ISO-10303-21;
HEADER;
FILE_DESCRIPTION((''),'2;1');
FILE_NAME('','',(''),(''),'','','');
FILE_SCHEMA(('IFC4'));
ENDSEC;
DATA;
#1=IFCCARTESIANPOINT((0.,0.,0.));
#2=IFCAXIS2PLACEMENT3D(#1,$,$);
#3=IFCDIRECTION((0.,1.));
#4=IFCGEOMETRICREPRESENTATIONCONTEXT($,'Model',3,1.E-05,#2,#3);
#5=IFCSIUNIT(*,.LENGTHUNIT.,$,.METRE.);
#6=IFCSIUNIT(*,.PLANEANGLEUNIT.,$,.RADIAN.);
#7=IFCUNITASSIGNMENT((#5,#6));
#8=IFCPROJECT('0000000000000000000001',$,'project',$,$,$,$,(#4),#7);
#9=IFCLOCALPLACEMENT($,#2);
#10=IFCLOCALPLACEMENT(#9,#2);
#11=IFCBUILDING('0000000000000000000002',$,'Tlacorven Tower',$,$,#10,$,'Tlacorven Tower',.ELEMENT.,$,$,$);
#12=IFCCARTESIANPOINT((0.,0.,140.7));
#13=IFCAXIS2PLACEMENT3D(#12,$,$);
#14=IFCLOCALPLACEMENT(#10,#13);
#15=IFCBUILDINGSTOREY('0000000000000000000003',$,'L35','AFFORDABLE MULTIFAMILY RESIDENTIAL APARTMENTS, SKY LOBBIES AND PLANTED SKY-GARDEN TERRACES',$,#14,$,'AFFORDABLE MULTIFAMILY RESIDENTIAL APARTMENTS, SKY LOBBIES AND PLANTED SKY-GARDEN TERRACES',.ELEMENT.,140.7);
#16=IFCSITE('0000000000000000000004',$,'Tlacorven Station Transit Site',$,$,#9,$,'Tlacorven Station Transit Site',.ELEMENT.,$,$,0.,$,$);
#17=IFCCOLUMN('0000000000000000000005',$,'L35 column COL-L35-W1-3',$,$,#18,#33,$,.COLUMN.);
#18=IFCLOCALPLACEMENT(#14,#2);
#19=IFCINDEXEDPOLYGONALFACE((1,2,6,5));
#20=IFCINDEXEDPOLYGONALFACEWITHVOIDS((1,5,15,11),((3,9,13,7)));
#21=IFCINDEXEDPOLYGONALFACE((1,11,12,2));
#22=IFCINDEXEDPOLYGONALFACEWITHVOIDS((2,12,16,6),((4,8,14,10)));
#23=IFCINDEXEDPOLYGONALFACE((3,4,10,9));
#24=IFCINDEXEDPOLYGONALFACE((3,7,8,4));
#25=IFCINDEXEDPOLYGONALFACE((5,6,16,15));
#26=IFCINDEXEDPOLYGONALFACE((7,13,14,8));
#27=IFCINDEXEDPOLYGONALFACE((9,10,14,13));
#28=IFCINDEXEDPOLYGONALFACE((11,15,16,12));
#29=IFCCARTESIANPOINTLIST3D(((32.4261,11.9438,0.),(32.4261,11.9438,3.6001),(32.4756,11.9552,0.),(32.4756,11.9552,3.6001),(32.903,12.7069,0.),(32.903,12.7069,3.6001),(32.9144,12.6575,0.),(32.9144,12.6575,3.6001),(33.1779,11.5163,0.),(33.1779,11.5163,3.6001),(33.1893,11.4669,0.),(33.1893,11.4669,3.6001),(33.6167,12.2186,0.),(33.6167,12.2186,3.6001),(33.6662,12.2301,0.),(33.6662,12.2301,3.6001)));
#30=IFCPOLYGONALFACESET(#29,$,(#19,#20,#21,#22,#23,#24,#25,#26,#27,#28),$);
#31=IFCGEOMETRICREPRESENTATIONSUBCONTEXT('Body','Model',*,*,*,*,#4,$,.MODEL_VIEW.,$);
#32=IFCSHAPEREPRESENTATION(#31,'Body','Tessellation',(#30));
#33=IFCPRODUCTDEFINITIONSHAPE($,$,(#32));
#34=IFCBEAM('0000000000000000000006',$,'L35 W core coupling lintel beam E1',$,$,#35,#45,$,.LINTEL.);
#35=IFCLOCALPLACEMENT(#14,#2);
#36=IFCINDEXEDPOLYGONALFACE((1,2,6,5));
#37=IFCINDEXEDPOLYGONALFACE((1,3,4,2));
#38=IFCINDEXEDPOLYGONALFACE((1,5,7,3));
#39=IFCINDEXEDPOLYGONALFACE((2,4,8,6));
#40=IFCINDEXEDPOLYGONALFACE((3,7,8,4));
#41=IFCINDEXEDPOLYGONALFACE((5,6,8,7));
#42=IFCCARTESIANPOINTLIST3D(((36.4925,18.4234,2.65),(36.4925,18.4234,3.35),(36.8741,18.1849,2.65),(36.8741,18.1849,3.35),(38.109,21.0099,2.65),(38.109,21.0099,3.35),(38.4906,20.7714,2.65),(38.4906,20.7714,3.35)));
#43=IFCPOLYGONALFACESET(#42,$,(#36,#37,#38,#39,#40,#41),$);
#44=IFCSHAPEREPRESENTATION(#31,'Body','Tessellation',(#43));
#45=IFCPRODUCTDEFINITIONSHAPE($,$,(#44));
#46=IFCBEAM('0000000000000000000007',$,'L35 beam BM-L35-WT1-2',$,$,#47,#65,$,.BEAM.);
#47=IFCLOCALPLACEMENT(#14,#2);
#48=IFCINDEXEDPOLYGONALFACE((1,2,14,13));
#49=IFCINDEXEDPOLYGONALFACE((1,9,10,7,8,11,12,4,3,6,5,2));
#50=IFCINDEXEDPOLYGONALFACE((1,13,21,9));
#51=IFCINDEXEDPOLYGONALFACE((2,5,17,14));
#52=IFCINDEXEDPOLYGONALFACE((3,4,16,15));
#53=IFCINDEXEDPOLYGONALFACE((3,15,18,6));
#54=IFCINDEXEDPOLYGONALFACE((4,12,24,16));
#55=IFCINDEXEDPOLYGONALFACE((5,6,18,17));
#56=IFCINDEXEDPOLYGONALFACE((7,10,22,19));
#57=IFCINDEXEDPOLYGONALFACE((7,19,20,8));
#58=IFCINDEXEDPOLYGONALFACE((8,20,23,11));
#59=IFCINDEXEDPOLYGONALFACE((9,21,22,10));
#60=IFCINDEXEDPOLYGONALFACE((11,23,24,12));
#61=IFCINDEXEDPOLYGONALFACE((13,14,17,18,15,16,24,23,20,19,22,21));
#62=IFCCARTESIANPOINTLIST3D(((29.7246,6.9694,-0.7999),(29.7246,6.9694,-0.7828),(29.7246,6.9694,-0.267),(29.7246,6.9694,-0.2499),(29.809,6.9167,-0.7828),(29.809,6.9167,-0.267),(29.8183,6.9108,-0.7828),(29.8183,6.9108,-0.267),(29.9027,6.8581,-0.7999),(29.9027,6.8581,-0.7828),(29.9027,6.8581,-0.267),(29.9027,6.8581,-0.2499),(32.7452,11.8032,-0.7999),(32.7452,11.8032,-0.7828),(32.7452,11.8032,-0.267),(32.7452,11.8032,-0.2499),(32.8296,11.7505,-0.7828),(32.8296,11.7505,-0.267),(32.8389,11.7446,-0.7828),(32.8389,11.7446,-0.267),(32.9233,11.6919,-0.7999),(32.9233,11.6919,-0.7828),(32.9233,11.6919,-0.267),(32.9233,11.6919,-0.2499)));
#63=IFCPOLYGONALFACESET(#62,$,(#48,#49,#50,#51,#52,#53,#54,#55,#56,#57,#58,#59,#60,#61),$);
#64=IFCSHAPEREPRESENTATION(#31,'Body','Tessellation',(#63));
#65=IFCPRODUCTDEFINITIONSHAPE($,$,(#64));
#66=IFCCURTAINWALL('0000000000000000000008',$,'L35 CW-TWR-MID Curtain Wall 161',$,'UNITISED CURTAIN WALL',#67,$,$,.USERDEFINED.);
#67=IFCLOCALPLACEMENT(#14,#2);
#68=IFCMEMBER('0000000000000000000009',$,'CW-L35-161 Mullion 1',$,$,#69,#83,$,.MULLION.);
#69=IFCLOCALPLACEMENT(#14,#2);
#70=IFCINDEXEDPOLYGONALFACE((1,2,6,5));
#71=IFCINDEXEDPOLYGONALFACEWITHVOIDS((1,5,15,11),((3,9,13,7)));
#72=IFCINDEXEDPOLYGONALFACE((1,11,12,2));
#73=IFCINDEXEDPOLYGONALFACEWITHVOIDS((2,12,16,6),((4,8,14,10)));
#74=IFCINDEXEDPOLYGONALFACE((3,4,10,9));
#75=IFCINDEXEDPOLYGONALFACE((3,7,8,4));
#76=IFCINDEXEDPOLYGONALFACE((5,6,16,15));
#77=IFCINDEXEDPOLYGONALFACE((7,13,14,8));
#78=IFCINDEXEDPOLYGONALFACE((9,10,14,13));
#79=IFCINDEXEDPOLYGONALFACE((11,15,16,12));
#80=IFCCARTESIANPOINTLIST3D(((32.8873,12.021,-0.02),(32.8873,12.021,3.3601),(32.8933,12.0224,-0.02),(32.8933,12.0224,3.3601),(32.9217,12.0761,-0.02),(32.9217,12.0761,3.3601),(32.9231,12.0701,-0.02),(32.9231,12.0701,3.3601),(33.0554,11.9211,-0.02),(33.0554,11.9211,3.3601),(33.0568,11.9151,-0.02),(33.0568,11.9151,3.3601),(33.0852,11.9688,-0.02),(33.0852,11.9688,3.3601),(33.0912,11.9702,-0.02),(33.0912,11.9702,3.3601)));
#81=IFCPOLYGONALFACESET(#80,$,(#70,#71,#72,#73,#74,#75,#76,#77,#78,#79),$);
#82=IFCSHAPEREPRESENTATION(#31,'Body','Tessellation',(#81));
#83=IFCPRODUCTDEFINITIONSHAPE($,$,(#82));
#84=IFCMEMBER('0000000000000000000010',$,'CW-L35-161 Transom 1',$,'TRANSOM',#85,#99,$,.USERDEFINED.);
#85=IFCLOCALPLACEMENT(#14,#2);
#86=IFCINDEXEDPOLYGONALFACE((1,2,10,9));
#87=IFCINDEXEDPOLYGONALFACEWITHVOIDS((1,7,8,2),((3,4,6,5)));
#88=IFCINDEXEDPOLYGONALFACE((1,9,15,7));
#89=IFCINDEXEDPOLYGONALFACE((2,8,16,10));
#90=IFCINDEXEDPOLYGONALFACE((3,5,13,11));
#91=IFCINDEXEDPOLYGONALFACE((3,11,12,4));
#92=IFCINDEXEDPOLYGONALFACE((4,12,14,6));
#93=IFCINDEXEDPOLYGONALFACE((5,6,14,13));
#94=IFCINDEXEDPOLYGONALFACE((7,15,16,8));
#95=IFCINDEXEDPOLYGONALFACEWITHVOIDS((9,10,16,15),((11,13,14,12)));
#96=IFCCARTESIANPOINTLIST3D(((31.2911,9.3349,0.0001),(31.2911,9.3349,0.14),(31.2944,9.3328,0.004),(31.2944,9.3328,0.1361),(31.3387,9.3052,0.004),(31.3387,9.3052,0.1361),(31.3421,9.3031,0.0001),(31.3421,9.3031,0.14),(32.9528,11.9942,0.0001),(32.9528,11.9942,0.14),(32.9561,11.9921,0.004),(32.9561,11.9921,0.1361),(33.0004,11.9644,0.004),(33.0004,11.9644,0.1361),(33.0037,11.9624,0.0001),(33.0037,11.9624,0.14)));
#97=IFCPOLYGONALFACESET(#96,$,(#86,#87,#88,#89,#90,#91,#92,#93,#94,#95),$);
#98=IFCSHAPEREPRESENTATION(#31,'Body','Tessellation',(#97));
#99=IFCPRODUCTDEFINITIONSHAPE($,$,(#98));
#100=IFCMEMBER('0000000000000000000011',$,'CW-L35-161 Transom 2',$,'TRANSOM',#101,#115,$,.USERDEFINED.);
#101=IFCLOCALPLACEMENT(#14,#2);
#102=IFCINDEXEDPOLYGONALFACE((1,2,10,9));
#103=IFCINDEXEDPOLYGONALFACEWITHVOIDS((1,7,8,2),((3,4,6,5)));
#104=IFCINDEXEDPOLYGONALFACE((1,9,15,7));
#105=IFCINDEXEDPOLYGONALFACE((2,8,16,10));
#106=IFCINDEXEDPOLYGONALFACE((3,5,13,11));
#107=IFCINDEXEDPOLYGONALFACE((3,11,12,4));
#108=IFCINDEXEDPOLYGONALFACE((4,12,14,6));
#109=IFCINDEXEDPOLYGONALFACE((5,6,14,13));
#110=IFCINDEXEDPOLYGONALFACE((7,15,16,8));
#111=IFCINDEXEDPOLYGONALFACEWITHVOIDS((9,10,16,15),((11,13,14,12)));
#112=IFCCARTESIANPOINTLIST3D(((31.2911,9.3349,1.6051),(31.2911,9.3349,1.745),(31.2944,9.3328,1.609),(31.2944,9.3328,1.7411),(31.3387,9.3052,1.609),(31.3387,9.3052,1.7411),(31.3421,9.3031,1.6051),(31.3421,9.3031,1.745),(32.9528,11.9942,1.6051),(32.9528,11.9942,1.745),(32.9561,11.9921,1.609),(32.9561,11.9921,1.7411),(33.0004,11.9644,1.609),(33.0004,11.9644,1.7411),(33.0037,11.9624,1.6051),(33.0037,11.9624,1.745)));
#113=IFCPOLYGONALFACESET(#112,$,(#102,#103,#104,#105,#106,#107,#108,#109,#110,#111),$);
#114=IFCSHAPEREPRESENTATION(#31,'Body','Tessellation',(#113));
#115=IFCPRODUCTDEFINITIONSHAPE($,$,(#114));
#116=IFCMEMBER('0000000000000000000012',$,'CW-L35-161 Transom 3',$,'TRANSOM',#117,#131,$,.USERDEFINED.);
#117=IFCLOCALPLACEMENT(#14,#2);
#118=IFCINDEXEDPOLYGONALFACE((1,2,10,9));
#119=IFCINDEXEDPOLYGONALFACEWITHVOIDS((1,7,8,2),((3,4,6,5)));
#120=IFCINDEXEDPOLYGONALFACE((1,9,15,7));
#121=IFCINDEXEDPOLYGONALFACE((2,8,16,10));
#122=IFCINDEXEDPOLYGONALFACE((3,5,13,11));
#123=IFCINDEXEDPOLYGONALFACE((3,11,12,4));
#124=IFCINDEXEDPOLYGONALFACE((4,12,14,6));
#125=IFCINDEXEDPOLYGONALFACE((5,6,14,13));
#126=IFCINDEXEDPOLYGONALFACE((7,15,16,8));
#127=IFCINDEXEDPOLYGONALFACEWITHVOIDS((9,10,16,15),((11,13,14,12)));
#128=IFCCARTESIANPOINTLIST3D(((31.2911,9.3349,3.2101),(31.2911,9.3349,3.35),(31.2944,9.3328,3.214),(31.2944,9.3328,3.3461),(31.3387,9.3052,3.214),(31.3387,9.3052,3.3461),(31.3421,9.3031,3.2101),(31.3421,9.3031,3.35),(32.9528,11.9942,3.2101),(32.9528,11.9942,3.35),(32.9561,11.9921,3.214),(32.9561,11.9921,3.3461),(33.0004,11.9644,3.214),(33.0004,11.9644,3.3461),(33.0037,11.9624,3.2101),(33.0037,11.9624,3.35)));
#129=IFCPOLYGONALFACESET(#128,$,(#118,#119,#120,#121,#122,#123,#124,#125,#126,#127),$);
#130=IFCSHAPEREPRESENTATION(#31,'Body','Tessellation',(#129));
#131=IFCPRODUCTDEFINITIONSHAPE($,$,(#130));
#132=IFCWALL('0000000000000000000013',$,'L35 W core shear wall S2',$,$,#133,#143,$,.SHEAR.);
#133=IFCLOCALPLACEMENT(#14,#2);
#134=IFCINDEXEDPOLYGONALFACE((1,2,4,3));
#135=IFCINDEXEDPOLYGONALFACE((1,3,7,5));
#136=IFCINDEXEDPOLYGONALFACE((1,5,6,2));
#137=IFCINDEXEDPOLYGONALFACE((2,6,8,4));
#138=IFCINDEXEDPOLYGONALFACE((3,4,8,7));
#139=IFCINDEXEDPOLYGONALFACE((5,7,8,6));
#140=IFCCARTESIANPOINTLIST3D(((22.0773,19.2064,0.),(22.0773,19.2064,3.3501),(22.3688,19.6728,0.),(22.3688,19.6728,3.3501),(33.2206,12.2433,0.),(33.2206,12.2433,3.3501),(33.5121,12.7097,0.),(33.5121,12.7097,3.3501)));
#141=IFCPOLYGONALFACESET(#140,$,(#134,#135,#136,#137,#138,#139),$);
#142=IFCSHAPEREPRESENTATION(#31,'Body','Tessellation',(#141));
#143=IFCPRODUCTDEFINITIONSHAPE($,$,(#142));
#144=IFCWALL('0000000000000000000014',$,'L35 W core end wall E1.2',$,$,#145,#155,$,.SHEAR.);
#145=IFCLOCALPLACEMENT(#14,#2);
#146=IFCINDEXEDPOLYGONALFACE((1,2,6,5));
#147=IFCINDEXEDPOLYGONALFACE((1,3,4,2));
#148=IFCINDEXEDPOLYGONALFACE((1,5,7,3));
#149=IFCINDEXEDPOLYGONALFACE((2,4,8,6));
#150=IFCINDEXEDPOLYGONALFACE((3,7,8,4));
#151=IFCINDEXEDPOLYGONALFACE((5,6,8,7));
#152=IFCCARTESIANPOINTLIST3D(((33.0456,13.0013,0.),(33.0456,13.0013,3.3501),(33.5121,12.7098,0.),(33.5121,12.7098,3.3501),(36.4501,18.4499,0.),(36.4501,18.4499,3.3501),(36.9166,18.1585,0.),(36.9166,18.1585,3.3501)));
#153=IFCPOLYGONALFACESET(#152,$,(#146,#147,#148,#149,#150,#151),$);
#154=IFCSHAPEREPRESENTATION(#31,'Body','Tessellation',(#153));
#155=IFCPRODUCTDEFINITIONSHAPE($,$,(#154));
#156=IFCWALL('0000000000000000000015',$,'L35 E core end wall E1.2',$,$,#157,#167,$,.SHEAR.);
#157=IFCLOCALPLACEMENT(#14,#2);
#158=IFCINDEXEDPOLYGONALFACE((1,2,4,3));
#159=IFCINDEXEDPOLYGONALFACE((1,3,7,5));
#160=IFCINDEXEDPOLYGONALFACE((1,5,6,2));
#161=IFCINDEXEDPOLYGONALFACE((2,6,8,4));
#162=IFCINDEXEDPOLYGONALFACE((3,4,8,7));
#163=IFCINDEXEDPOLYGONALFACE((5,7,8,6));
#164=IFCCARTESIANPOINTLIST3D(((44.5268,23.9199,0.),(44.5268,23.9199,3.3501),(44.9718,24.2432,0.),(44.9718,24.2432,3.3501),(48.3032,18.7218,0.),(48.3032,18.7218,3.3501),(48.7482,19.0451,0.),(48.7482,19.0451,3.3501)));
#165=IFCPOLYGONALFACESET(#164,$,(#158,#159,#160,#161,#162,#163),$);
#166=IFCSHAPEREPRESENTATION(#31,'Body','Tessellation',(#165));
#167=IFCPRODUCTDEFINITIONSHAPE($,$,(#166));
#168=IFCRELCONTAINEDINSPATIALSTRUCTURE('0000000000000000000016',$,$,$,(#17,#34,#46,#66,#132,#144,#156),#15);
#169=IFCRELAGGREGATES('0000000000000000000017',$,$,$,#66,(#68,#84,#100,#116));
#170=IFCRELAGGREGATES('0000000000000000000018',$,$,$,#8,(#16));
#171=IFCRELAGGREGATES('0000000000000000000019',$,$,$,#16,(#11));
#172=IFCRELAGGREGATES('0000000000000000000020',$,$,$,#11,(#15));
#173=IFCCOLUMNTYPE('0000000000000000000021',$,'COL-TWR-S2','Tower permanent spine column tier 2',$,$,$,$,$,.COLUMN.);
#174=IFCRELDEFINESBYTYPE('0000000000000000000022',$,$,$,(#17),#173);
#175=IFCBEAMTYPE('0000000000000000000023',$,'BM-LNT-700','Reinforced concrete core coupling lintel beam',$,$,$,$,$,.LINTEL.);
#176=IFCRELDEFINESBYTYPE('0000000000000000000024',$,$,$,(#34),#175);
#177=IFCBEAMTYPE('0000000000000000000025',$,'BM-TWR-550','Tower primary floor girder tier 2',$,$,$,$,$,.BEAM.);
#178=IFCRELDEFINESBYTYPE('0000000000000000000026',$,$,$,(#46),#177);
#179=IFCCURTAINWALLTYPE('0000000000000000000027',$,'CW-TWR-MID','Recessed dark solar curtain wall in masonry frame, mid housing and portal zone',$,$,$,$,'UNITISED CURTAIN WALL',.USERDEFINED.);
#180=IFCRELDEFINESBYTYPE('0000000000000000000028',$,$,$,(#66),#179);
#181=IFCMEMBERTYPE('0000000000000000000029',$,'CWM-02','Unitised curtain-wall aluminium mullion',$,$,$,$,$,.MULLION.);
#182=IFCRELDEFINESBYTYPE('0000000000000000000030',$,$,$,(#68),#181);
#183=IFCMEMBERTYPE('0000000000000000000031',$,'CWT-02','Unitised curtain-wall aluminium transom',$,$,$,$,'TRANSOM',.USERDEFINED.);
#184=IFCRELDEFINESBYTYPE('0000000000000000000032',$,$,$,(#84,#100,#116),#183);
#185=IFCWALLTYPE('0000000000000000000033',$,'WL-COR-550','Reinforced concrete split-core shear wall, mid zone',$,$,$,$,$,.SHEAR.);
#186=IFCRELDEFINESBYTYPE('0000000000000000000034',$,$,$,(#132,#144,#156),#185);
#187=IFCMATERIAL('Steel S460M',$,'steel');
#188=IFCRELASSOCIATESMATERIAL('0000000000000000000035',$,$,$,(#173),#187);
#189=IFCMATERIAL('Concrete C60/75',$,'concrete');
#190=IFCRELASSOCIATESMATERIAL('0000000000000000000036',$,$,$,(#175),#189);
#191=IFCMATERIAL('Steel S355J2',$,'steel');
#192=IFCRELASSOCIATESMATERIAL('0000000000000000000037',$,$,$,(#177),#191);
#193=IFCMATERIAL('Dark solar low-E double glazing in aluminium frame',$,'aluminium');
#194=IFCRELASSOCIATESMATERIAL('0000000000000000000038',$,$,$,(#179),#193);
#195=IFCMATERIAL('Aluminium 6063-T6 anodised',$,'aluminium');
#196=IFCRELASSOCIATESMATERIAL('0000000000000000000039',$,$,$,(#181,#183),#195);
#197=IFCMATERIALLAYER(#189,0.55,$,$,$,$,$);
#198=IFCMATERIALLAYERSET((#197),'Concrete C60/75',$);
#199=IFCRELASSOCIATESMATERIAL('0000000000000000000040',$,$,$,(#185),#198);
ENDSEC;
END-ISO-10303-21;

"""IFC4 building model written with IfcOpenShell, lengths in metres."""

from ifc_helpers import new_model, si_unit, direction, frame, frame_2d, origin, origin_2d, place, context, subcontext, project, spatial, rectangle, hollow_rectangle, i_section, extrude, source, transform, mapped, material, layer, layer_set, material_profile, profile_set, type_object, element, aggregate, save


model = new_model("IFC4")

# Units and contexts
model_context = context("Model", 3, precision=1e-05, world=origin(), true_north=direction((0.0, 1.0)))
body_context = subcontext(model_context, "Body", "Model", "MODEL_VIEW")
ifc_project = project(units=[si_unit("LENGTHUNIT", "METRE"), si_unit("PLANEANGLEUNIT", "RADIAN")], contexts=[model_context])

# Site, building, storey
site_placement = place(None, origin())
site = spatial("IfcSite", under=ifc_project, at=site_placement, Name="Tlacorven Station Transit Site", LongName="Tlacorven Station Transit Site", CompositionType="ELEMENT", RefElevation=0.0)
building_placement = place(site_placement, origin())
building = spatial("IfcBuilding", under=site, at=building_placement, Name="Tlacorven Tower", LongName="Tlacorven Tower", CompositionType="ELEMENT")
storey_placement = place(building_placement, frame((0.0, 0.0, 140.7)))
storey = spatial("IfcBuildingStorey", under=building, at=storey_placement, Name="L35", Description="AFFORDABLE MULTIFAMILY RESIDENTIAL APARTMENTS, SKY LOBBIES AND PLANTED SKY-GARDEN TERRACES", LongName="AFFORDABLE MULTIFAMILY RESIDENTIAL APARTMENTS, SKY LOBBIES AND PLANTED SKY-GARDEN TERRACES", CompositionType="ELEMENT", Elevation=140.7)

# Column
ifc_material_1 = material(Name="Steel S460M", Category="steel")
ifc_material_profile_1 = material_profile(ifc_material_1, hollow_rectangle(XDim=0.8999, YDim=0.8999, WallThickness=0.0359, at=origin_2d()), Name="BOX 900X900X36")
ifc_profile_set_1 = profile_set([ifc_material_profile_1], Name="Steel S460M")
column_type = type_object("IfcColumnType", Name="COL-TWR-S2", Description="Tower permanent spine column tier 2", PredefinedType="COLUMN", material=ifc_profile_set_1)
shared_shape_1 = source(origin(), body_context, "Body", "SweptSolid", [
    extrude(hollow_rectangle(XDim=0.8999, YDim=0.8999, WallThickness=0.0359, at=origin_2d()), origin(), (0.0, 0.0, 1.0), 3.6001),
])
column_placement = place(storey_placement, frame((33.0461, 12.0869, 0.0), z_axis=(0.0, 0.0, 1.0), x_axis=(-0.848048, 0.529919, 0.0)))
element("IfcColumn", 1, at=column_placement, inside=storey, type_object=column_type, Name="L35 column COL-L35-W1-3", PredefinedType="COLUMN", context=body_context, shape_type="MappedRepresentation", body=[
    mapped(shared_shape_1, transform((0.0, 0.0, 0.0), scale=1.0)),
])

# Beams
ifc_material_2 = material(Name="Concrete C60/75", Category="concrete")
ifc_material_profile_2 = material_profile(ifc_material_2, rectangle(XDim=0.45, YDim=0.7, at=origin_2d()), Name="RC 450X700")
ifc_profile_set_2 = profile_set([ifc_material_profile_2], Name="Concrete C60/75")
beam_type_1 = type_object("IfcBeamType", Name="BM-LNT-700", Description="Reinforced concrete core coupling lintel beam", PredefinedType="LINTEL", material=ifc_profile_set_2)
shared_shape_2 = source(origin(), body_context, "Body", "SweptSolid", [
    extrude(rectangle(XDim=0.45, YDim=0.7, at=origin_2d()), origin(), (0.0, 0.0, 1.0), 3.05),
])
beam_1_placement = place(storey_placement, frame((38.2998, 20.8906, 3.0), z_axis=(-0.529985, -0.848007, 0.0), x_axis=(0.848007, -0.529985, 0.0)))
element("IfcBeam", 2, at=beam_1_placement, inside=storey, type_object=beam_type_1, Name="L35 W core coupling lintel beam E1", PredefinedType="LINTEL", context=body_context, shape_type="MappedRepresentation", body=[
    mapped(shared_shape_2, transform((0.0, 0.0, 0.0), scale=1.0)),
])
ifc_material_3 = material(Name="Steel S355J2", Category="steel")
ifc_material_profile_3 = material_profile(ifc_material_3, i_section(OverallWidth=0.21, OverallDepth=0.55, WebThickness=0.011, FlangeThickness=0.0171, at=origin_2d()), Name="IPE 550")
ifc_profile_set_3 = profile_set([ifc_material_profile_3], Name="Steel S355J2")
beam_type_2 = type_object("IfcBeamType", Name="BM-TWR-550", Description="Tower primary floor girder tier 2", PredefinedType="BEAM", material=ifc_profile_set_3)
shared_shape_3 = source(origin(), body_context, "Body", "SweptSolid", [
    extrude(i_section(OverallWidth=0.21, OverallDepth=0.55, WebThickness=0.011, FlangeThickness=0.0171, at=origin_2d()), origin(), (0.0, 0.0, 1.0), 5.7),
])
beam_2_placement = place(storey_placement, frame((32.8342, 11.7476, -0.5249), z_axis=(-0.529926, -0.848044, 0.0), x_axis=(0.848044, -0.529926, 0.0)))
element("IfcBeam", 3, at=beam_2_placement, inside=storey, type_object=beam_type_2, Name="L35 beam BM-L35-WT1-2", PredefinedType="BEAM", context=body_context, shape_type="MappedRepresentation", body=[
    mapped(shared_shape_3, transform((0.0, 0.0, 0.0), scale=1.0)),
])

# Curtain wall, members
ifc_material_4 = material(Name="Dark solar low-E double glazing in aluminium frame", Category="aluminium")
curtain_wall_type = type_object("IfcCurtainWallType", Name="CW-TWR-MID", Description="Recessed dark solar curtain wall in masonry frame, mid housing and portal zone", ElementType="UNITISED CURTAIN WALL", PredefinedType="USERDEFINED", material=ifc_material_4)
curtain_wall_placement = place(storey_placement, origin())
curtain_wall = element("IfcCurtainWall", 4, at=curtain_wall_placement, inside=storey, type_object=curtain_wall_type, Name="L35 CW-TWR-MID Curtain Wall 161", ObjectType="UNITISED CURTAIN WALL", PredefinedType="USERDEFINED")
ifc_material_5 = material(Name="Aluminium 6063-T6 anodised", Category="aluminium")
ifc_material_profile_4 = material_profile(ifc_material_5, hollow_rectangle(XDim=0.0649, YDim=0.2, WallThickness=0.0044, at=origin_2d()), Name="ALU MULLION 65X200")
ifc_profile_set_4 = profile_set([ifc_material_profile_4], Name="Aluminium 6063-T6 anodised")
member_type_1 = type_object("IfcMemberType", Name="CWM-02", Description="Unitised curtain-wall aluminium mullion", PredefinedType="MULLION", material=ifc_profile_set_4)
shared_shape_4 = source(origin(), body_context, "Body", "SweptSolid", [
    extrude(hollow_rectangle(XDim=0.0649, YDim=0.2, WallThickness=0.0044, at=origin_2d()), origin(), (0.0, 0.0, 1.0), 3.3801),
])
member_1_placement = place(storey_placement, frame((32.9893, 11.9956, -0.02), z_axis=(0.0, 0.0, 1.0), x_axis=(-0.529919, -0.848048, 0.0)))
member_1 = element("IfcMember", 5, at=member_1_placement, type_object=member_type_1, Name="CW-L35-161 Mullion 1", PredefinedType="MULLION", context=body_context, shape_type="MappedRepresentation", body=[
    mapped(shared_shape_4, transform((0.0, 0.0, 0.0), scale=1.0)),
])
ifc_material_profile_5 = material_profile(ifc_material_5, hollow_rectangle(XDim=0.0601, YDim=0.1399, WallThickness=0.0039, at=origin_2d()), Name="ALU TRANSOM 60X140")
ifc_profile_set_5 = profile_set([ifc_material_profile_5], Name="Aluminium 6063-T6 anodised")
member_type_2 = type_object("IfcMemberType", Name="CWT-02", Description="Unitised curtain-wall aluminium transom", ElementType="TRANSOM", PredefinedType="USERDEFINED", material=ifc_profile_set_5)
shared_shape_5 = source(origin(), body_context, "Body", "SweptSolid", [
    extrude(hollow_rectangle(XDim=0.0601, YDim=0.1399, WallThickness=0.0039, at=origin_2d()), origin(), (0.0, 0.0, 1.0), 3.1357),
])
member_2_placement = place(storey_placement, frame((32.9783, 11.9783, 0.0701), z_axis=(-0.529915, -0.848051, 0.0), x_axis=(0.848051, -0.529915, 0.0)))
member_2 = element("IfcMember", 6, at=member_2_placement, type_object=member_type_2, Name="CW-L35-161 Transom 1", ObjectType="TRANSOM", PredefinedType="USERDEFINED", context=body_context, shape_type="MappedRepresentation", body=[
    mapped(shared_shape_5, transform((0.0, 0.0, 0.0), scale=1.0)),
])
member_3_placement = place(storey_placement, frame((32.9783, 11.9783, 1.675), z_axis=(-0.529915, -0.848051, 0.0), x_axis=(0.848051, -0.529915, 0.0)))
member_3 = element("IfcMember", 7, at=member_3_placement, type_object=member_type_2, Name="CW-L35-161 Transom 2", ObjectType="TRANSOM", PredefinedType="USERDEFINED", context=body_context, shape_type="MappedRepresentation", body=[
    mapped(shared_shape_5, transform((0.0, 0.0, 0.0), scale=1.0)),
])
member_4_placement = place(storey_placement, frame((32.9783, 11.9783, 3.28), z_axis=(-0.529915, -0.848051, 0.0), x_axis=(0.848051, -0.529915, 0.0)))
member_4 = element("IfcMember", 8, at=member_4_placement, type_object=member_type_2, Name="CW-L35-161 Transom 3", ObjectType="TRANSOM", PredefinedType="USERDEFINED", context=body_context, shape_type="MappedRepresentation", body=[
    mapped(shared_shape_5, transform((0.0, 0.0, 0.0), scale=1.0)),
])
aggregate(curtain_wall, [member_1, member_2, member_3, member_4])

# Walls
ifc_layer_1 = layer(ifc_material_2, 0.55)
ifc_layer_set_1 = layer_set([ifc_layer_1], Name="Concrete C60/75")
wall_type_1 = type_object("IfcWallType", Name="WL-COR-550", Description="Reinforced concrete split-core shear wall, mid zone", PredefinedType="SHEAR", material=ifc_layer_set_1)
wall_1_placement = place(storey_placement, frame((33.3662, 12.4766, 0.0), z_axis=(0.0, 0.0, 1.0), x_axis=(-0.848047, 0.52992, 0.0)))
element("IfcWall", 9, at=wall_1_placement, inside=storey, type_object=wall_type_1, Name="L35 W core shear wall S2", PredefinedType="SHEAR", context=body_context, shape_type="SweptSolid", body=[
    extrude(rectangle(XDim=13.1399, YDim=0.55, at=frame_2d((6.5698, 0.0))), origin(), (0.0, 0.0, 1.0), 3.3501),
])
wall_2_placement = place(storey_placement, frame((36.6833, 18.3042, 0.0), z_axis=(0.0, 0.0, 1.0), x_axis=(-0.529896, -0.848062, 0.0)))
element("IfcWall", 10, at=wall_2_placement, inside=storey, type_object=wall_type_1, Name="L35 W core end wall E1.2", PredefinedType="SHEAR", context=body_context, shape_type="SweptSolid", body=[
    extrude(rectangle(XDim=6.4248, YDim=0.55, at=frame_2d((3.2124, 0.0))), origin(), (0.0, 0.0, 1.0), 3.3501),
])
wall_3_placement = place(storey_placement, frame((48.5256, 18.8835, 0.0), z_axis=(0.0, 0.0, 1.0), x_axis=(-0.587765, 0.809032, 0.0)))
element("IfcWall", 11, at=wall_3_placement, inside=storey, type_object=wall_type_1, Name="L35 E core end wall E1.2", PredefinedType="SHEAR", context=body_context, shape_type="SweptSolid", body=[
    extrude(rectangle(XDim=6.425, YDim=0.55, at=frame_2d((3.2124, 0.0))), origin(), (0.0, 0.0, 1.0), 3.3501),
])

save(model, "model.ifc")
